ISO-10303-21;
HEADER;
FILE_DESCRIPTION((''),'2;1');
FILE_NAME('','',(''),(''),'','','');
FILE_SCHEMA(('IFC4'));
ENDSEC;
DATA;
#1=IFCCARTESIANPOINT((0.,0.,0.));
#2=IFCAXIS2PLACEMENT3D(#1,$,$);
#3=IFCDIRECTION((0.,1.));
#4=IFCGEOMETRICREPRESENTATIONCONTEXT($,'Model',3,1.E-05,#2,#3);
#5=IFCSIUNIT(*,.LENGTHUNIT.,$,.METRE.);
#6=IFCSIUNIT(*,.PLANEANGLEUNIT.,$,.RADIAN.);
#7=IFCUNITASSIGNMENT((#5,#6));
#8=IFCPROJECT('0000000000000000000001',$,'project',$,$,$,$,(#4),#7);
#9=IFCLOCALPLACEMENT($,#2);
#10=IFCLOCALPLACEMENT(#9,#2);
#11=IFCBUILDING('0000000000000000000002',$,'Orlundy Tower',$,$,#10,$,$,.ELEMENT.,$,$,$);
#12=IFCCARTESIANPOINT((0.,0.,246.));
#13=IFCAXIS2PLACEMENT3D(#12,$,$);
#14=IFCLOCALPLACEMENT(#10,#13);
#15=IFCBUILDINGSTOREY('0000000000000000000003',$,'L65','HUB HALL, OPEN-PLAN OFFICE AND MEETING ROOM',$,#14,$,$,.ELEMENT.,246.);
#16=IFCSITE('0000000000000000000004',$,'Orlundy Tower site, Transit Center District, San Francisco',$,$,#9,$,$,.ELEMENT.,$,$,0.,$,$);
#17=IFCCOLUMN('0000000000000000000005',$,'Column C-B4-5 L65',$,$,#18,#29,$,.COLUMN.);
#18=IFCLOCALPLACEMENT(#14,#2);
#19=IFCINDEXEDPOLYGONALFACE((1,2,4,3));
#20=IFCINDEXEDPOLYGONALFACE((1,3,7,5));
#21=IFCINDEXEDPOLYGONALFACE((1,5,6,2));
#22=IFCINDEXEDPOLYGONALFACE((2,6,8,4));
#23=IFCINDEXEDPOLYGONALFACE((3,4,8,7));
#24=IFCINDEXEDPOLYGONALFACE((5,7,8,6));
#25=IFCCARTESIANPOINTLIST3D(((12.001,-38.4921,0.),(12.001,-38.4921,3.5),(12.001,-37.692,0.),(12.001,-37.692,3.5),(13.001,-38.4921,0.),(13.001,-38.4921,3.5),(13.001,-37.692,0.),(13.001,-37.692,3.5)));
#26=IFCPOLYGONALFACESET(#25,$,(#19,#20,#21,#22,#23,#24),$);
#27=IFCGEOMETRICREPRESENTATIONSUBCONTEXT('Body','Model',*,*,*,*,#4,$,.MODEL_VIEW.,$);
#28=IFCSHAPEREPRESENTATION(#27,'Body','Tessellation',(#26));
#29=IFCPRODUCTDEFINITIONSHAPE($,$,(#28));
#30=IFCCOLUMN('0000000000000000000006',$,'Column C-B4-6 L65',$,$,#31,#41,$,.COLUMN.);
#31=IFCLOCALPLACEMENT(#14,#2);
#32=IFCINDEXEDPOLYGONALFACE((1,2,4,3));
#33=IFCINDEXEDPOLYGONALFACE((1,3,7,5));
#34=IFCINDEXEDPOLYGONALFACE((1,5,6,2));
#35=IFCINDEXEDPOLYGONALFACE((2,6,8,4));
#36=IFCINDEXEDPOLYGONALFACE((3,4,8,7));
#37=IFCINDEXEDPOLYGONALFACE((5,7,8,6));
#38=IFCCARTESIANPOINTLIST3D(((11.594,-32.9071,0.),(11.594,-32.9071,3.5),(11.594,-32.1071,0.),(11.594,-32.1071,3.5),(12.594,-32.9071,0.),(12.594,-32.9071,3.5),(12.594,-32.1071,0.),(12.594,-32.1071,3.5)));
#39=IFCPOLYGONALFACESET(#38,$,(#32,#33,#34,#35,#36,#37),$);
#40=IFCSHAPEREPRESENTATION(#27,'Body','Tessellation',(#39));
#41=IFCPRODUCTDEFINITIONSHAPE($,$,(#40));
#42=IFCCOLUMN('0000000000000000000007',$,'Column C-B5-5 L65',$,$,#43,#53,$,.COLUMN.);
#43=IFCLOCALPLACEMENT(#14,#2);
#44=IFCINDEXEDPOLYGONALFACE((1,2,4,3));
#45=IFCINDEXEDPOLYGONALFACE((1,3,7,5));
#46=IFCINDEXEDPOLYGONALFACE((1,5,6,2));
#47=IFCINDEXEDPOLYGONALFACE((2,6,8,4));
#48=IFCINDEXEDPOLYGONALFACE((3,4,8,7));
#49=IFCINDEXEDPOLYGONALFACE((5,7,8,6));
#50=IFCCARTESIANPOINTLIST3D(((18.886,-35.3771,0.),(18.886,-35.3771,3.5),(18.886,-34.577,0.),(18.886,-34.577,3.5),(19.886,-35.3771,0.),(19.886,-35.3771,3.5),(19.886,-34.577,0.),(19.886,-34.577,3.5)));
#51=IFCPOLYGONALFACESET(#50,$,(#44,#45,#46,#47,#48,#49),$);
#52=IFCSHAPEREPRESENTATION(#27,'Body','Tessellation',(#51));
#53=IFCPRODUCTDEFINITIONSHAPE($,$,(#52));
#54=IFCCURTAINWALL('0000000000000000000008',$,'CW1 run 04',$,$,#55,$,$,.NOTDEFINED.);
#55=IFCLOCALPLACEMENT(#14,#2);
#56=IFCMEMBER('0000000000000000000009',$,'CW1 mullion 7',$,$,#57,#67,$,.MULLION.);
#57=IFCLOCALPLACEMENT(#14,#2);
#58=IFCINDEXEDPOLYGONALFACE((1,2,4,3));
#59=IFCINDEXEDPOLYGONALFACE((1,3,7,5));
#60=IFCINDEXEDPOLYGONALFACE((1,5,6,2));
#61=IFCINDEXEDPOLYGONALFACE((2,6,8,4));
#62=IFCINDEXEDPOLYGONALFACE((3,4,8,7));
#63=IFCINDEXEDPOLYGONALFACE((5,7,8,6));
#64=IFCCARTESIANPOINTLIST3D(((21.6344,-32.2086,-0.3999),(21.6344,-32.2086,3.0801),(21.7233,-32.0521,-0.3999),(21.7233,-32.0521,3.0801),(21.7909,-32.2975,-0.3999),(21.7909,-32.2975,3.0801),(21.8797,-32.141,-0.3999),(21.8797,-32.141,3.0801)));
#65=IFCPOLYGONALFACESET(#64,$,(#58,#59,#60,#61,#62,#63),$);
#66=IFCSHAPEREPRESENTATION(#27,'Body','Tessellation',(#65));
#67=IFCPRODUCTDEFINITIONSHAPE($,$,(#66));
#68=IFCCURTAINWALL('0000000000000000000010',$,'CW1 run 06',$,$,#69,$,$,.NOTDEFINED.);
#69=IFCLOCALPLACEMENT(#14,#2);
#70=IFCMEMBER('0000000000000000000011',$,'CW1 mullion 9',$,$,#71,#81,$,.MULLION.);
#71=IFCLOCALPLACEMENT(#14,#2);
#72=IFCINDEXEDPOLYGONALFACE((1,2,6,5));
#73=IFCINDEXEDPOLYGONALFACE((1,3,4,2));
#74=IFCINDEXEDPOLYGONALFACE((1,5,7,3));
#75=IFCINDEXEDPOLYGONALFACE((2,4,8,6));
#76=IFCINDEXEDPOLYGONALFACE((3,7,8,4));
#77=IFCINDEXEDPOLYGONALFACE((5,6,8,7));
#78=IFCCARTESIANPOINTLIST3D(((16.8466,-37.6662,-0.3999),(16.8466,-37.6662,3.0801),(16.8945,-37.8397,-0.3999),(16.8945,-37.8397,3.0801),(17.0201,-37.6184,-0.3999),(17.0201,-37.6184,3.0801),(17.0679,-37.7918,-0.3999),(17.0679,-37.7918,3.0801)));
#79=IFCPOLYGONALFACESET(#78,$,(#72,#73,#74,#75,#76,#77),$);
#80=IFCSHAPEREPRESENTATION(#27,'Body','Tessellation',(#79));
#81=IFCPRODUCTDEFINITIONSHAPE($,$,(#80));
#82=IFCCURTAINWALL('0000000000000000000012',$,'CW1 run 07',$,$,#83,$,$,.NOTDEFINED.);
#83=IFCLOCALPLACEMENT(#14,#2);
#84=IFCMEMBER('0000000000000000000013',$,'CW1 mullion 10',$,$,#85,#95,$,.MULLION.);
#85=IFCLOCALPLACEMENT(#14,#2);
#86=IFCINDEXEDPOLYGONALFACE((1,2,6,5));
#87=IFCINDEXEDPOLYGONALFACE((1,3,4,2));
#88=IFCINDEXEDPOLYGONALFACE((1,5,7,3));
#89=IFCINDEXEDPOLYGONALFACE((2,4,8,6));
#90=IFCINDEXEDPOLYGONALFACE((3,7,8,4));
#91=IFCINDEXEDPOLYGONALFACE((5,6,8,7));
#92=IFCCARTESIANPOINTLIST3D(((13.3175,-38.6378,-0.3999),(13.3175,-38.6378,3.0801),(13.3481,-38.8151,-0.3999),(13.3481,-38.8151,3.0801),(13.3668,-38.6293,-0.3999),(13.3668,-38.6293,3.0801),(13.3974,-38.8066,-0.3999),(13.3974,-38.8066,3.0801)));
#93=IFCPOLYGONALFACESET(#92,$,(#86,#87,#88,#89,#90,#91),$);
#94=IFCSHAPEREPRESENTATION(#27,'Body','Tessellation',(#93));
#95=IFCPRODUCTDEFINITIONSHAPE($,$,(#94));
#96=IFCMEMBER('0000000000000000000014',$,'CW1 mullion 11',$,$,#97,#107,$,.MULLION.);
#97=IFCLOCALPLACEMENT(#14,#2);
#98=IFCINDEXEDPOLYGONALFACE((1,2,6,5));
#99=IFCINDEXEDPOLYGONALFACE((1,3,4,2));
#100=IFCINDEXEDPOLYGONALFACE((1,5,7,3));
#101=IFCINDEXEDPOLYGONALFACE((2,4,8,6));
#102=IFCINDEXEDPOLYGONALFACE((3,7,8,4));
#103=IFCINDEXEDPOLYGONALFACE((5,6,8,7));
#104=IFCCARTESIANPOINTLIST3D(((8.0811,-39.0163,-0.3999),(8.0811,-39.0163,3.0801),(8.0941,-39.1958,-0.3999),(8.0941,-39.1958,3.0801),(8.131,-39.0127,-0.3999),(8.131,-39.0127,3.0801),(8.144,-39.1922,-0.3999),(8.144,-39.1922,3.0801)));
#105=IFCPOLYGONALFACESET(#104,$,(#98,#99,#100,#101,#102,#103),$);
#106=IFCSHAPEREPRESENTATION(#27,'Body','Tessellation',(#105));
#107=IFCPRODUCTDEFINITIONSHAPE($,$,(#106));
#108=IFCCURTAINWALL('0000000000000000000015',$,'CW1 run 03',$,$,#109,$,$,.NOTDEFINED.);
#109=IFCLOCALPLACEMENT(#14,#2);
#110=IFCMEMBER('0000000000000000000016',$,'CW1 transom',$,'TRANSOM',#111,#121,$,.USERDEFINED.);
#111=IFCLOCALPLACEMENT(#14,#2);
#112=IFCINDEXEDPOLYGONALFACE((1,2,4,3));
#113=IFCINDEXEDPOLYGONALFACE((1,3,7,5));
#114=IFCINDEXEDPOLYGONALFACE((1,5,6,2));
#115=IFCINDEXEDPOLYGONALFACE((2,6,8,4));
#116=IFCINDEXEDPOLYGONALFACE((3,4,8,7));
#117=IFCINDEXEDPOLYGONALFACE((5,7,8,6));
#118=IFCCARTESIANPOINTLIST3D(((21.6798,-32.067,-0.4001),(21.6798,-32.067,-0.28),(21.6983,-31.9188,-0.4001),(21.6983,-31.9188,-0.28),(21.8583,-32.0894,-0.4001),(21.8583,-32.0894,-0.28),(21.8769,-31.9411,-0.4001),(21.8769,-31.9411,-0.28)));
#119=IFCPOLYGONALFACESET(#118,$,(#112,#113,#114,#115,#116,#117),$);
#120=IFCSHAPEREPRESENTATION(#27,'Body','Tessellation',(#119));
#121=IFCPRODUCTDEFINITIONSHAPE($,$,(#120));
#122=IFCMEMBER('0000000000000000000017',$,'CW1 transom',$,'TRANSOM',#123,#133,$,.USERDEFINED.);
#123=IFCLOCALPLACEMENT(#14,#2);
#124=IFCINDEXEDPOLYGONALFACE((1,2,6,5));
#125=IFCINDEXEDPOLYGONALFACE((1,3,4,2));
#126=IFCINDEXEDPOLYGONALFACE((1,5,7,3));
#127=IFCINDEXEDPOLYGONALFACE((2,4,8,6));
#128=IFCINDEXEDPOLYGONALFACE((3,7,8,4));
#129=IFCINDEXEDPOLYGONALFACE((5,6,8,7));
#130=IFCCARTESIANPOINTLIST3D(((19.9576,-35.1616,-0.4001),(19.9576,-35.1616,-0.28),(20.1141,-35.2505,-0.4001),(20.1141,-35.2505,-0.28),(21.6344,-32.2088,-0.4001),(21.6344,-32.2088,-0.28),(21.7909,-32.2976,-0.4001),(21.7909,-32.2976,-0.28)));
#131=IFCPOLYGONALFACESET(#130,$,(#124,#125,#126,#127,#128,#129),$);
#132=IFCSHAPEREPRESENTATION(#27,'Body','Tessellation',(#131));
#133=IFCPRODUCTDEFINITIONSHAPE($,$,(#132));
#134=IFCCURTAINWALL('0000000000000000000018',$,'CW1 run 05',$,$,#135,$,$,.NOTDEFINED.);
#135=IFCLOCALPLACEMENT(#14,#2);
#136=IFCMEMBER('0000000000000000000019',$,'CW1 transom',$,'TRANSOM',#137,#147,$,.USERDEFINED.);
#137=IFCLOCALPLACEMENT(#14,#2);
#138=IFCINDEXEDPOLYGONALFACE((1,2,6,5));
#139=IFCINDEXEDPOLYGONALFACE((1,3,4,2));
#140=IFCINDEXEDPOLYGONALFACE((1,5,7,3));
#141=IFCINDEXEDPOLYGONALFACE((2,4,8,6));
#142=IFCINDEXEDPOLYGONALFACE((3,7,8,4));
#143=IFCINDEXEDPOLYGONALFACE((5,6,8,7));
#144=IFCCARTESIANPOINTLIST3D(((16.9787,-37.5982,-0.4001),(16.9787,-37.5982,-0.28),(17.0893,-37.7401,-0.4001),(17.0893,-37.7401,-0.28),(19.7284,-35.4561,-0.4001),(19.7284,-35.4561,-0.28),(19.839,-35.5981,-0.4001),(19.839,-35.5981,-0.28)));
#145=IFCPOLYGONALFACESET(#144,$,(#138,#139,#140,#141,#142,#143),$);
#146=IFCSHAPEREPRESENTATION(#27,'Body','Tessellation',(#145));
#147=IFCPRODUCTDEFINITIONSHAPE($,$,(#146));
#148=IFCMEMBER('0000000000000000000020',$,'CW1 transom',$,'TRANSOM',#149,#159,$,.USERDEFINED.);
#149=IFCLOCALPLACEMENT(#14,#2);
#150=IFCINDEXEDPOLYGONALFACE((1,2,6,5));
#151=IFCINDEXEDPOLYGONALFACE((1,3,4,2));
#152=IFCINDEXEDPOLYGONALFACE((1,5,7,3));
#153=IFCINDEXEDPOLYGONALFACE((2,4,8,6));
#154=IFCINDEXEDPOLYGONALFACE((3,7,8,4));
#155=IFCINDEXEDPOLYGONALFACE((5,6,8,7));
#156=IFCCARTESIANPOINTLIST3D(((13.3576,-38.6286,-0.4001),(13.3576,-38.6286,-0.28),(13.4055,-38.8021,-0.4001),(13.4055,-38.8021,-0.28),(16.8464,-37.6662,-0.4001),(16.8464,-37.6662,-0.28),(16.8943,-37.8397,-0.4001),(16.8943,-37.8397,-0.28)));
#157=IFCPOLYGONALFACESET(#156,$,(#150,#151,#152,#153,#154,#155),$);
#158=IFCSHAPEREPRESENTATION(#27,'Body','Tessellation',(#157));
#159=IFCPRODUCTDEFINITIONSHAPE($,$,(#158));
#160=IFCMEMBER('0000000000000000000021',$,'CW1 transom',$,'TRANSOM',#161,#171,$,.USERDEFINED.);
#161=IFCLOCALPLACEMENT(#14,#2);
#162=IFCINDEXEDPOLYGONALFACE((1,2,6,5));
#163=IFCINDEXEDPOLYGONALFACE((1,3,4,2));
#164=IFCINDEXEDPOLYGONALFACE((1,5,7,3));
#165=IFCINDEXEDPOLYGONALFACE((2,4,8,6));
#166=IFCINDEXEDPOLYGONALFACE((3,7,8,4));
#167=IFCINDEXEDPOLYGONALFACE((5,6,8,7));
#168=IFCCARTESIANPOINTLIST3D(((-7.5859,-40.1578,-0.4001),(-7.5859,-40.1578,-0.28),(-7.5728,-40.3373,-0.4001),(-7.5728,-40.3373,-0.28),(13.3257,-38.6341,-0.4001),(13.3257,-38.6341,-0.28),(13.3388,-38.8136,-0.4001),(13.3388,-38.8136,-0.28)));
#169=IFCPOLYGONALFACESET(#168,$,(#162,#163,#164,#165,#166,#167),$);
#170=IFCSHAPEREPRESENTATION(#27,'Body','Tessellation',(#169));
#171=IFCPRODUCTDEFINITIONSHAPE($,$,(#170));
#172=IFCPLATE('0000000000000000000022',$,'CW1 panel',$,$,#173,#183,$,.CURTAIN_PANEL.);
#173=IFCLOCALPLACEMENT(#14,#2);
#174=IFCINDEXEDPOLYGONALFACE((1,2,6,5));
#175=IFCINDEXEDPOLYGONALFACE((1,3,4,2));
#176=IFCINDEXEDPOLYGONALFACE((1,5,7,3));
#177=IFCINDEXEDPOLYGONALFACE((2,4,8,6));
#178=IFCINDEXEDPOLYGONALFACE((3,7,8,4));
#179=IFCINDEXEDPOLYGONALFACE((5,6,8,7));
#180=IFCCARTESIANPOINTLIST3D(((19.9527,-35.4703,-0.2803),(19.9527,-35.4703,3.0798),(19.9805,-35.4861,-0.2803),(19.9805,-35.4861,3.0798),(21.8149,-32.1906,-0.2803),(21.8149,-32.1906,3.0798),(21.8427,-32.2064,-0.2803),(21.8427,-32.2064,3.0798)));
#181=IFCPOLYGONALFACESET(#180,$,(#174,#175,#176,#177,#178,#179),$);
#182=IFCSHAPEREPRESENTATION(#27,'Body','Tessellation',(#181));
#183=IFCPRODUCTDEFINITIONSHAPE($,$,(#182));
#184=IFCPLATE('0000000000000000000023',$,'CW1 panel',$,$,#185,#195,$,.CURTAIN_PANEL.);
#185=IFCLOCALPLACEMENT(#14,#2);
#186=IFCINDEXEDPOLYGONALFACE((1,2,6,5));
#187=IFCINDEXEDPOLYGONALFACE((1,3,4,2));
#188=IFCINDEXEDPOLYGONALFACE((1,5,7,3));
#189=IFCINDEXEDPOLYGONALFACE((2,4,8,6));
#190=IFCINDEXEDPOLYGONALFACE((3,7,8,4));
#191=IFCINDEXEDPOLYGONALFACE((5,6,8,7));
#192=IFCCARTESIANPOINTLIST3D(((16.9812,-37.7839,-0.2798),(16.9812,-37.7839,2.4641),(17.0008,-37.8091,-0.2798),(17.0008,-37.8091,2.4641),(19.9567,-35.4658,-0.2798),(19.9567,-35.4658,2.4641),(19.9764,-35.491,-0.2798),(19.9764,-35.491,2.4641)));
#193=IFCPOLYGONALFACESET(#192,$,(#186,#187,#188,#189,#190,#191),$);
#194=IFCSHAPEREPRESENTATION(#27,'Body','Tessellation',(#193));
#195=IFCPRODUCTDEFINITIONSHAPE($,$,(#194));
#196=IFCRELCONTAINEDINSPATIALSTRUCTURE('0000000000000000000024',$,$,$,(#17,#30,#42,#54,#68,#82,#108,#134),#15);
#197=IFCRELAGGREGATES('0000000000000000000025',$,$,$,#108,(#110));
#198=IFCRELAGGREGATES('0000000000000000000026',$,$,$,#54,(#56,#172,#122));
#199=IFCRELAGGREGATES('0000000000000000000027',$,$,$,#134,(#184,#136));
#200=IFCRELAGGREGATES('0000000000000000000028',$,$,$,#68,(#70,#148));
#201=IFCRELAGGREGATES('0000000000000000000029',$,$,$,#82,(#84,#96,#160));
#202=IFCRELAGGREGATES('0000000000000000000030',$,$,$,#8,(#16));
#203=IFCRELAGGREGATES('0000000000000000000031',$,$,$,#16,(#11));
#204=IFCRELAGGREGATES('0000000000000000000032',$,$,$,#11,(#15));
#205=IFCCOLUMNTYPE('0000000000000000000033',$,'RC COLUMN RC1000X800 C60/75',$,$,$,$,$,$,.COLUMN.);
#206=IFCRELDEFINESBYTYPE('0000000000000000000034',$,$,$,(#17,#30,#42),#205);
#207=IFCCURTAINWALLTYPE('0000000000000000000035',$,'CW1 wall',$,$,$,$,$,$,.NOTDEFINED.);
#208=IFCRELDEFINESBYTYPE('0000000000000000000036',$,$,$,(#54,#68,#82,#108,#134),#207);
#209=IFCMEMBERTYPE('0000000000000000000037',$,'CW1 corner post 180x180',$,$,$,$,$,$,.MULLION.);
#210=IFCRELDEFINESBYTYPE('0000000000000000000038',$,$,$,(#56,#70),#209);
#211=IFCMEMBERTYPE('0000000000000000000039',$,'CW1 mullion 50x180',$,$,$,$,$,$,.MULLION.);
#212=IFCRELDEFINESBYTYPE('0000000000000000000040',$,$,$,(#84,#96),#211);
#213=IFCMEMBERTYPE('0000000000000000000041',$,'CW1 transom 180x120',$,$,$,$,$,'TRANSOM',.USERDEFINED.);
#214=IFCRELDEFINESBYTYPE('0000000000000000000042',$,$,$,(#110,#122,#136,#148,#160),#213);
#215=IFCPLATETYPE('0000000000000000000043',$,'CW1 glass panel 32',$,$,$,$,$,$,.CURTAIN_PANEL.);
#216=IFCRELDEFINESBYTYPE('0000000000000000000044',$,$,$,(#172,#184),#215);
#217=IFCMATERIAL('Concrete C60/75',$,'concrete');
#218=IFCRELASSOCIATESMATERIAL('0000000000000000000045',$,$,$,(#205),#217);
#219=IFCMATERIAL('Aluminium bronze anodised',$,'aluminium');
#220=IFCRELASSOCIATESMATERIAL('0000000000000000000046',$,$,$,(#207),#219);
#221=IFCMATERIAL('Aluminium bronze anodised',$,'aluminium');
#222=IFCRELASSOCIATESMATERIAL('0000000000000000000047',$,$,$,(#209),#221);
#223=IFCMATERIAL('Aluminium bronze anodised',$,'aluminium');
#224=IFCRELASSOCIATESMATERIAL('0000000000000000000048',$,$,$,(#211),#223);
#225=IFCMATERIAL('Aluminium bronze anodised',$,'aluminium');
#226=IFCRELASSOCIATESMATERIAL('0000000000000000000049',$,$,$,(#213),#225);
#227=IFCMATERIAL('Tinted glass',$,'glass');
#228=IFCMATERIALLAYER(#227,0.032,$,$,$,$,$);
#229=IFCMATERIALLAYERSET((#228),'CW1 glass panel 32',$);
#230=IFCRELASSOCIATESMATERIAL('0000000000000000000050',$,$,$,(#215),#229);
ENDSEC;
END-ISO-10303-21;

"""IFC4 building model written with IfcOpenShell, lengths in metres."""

from ifc_helpers import new_model, si_unit, direction, frame, origin, origin_2d, place, context, subcontext, project, spatial, rectangle, extrude, material, layer, layer_set, material_profile, profile_set, type_object, element, aggregate, save


model = new_model("IFC4")

# Units and contexts
model_context = context("Model", 3, precision=1e-05, world=origin(), true_north=direction((0.0, 1.0)))
body_context = subcontext(model_context, "Body", "Model", "MODEL_VIEW")
ifc_project = project(units=[si_unit("LENGTHUNIT", "METRE"), si_unit("PLANEANGLEUNIT", "RADIAN")], contexts=[model_context])

# Site, building, storey
site_placement = place(None, origin())
site = spatial("IfcSite", under=ifc_project, at=site_placement, Name="Orlundy Tower site, Transit Center District, San Francisco", CompositionType="ELEMENT", RefElevation=0.0)
building_placement = place(site_placement, origin())
building = spatial("IfcBuilding", under=site, at=building_placement, Name="Orlundy Tower", CompositionType="ELEMENT")
storey_placement = place(building_placement, frame((0.0, 0.0, 246.0)))
storey = spatial("IfcBuildingStorey", under=building, at=storey_placement, Name="L65", Description="HUB HALL, OPEN-PLAN OFFICE AND MEETING ROOM", CompositionType="ELEMENT", Elevation=246.0)

# Columns
ifc_material_1 = material(Name="Concrete C60/75", Category="concrete")
ifc_material_profile_1 = material_profile(ifc_material_1, rectangle(XDim=1.0, YDim=0.8, at=origin_2d()), Name="RC1000X800")
ifc_profile_set_1 = profile_set([ifc_material_profile_1], Name="Concrete C60/75")
column_type = type_object("IfcColumnType", Name="RC COLUMN RC1000X800 C60/75", PredefinedType="COLUMN", material=ifc_profile_set_1)
for number, where, z_axis, x_axis, name in (
    (1, (12.501, -38.092, 0.0), (0.0, 0.0, 1.0), (1.0, 0.0, 0.0), "Column C-B4-5 L65"),
    (2, (12.094, -32.5071, 0.0), (0.0, 0.0, 1.0), (1.0, 0.0, 0.0), "Column C-B4-6 L65"),
    (3, (19.386, -34.9771, 0.0), (0.0, 0.0, 1.0), (1.0, 0.0, 0.0), "Column C-B5-5 L65"),
):
    element("IfcColumn", number, at=place(storey_placement, frame(where, z_axis=z_axis, x_axis=x_axis)), inside=storey, type_object=column_type, Name=name, PredefinedType="COLUMN", context=body_context, shape_type="SweptSolid", body=[
        extrude(rectangle(XDim=1.0, YDim=0.8, at=origin_2d()), origin(), (0.0, 0.0, 1.0), 3.5),
    ])

# Curtain walls, members
ifc_material_2 = material(Name="Aluminium bronze anodised", Category="aluminium")
curtain_wall_type = type_object("IfcCurtainWallType", Name="CW1 wall", PredefinedType="NOTDEFINED", material=ifc_material_2)
curtain_wall_1_placement = place(storey_placement, origin())
curtain_wall_1 = element("IfcCurtainWall", 4, at=curtain_wall_1_placement, inside=storey, type_object=curtain_wall_type, Name="CW1 run 04", PredefinedType="NOTDEFINED")
ifc_material_3 = material(Name="Aluminium bronze anodised", Category="aluminium")
ifc_material_profile_2 = material_profile(ifc_material_3, rectangle(XDim=0.1799, YDim=0.1799, at=origin_2d()), Name="CW1 corner post 180x180")
ifc_profile_set_2 = profile_set([ifc_material_profile_2], Name="Aluminium bronze anodised")
member_type_1 = type_object("IfcMemberType", Name="CW1 corner post 180x180", PredefinedType="MULLION", material=ifc_profile_set_2)
member_1_placement = place(storey_placement, frame((21.7571, -32.1748, -0.3999), z_axis=(0.0, 0.0, 1.0), x_axis=(0.869601, -0.493754, 0.0)))
member_1 = element("IfcMember", 5, at=member_1_placement, type_object=member_type_1, Name="CW1 mullion 7", PredefinedType="MULLION", context=body_context, shape_type="SweptSolid", body=[
    extrude(rectangle(XDim=0.1799, YDim=0.1799, at=origin_2d()), origin(), (0.0, 0.0, 1.0), 3.48),
])
curtain_wall_2_placement = place(storey_placement, origin())
curtain_wall_2 = element("IfcCurtainWall", 6, at=curtain_wall_2_placement, inside=storey, type_object=curtain_wall_type, Name="CW1 run 06", PredefinedType="NOTDEFINED")
member_2_placement = place(storey_placement, frame((16.9573, -37.729, -0.3999), z_axis=(0.0, 0.0, 1.0), x_axis=(0.265946, -0.963988, 0.0)))
member_2 = element("IfcMember", 7, at=member_2_placement, type_object=member_type_1, Name="CW1 mullion 9", PredefinedType="MULLION", context=body_context, shape_type="SweptSolid", body=[
    extrude(rectangle(XDim=0.1799, YDim=0.1799, at=origin_2d()), origin(), (0.0, 0.0, 1.0), 3.48),
])

# Curtain wall, members
curtain_wall_3_placement = place(storey_placement, origin())
curtain_wall_3 = element("IfcCurtainWall", 8, at=curtain_wall_3_placement, inside=storey, type_object=curtain_wall_type, Name="CW1 run 07", PredefinedType="NOTDEFINED")
ifc_material_4 = material(Name="Aluminium bronze anodised", Category="aluminium")
ifc_material_profile_3 = material_profile(ifc_material_4, rectangle(XDim=0.1799, YDim=0.05, at=origin_2d()), Name="CW1 mullion 50x180")
ifc_profile_set_3 = profile_set([ifc_material_profile_3], Name="Aluminium bronze anodised")
member_type_2 = type_object("IfcMemberType", Name="CW1 mullion 50x180", PredefinedType="MULLION", material=ifc_profile_set_3)
member_3_placement = place(storey_placement, frame((13.3574, -38.7222, -0.3999), z_axis=(0.0, 0.0, 1.0), x_axis=(0.170127, -0.985422, 0.0)))
member_3 = element("IfcMember", 9, at=member_3_placement, type_object=member_type_2, Name="CW1 mullion 10", PredefinedType="MULLION", context=body_context, shape_type="SweptSolid", body=[
    extrude(rectangle(XDim=0.1799, YDim=0.05, at=origin_2d()), origin(), (0.0, 0.0, 1.0), 3.48),
])
member_4_placement = place(storey_placement, frame((8.1125, -39.1042, -0.3999), z_axis=(0.0, 0.0, 1.0), x_axis=(0.072668, -0.997356, 0.0)))
member_4 = element("IfcMember", 10, at=member_4_placement, type_object=member_type_2, Name="CW1 mullion 11", PredefinedType="MULLION", context=body_context, shape_type="SweptSolid", body=[
    extrude(rectangle(XDim=0.1799, YDim=0.05, at=origin_2d()), origin(), (0.0, 0.0, 1.0), 3.48),
])

# Curtain wall, member
curtain_wall_4_placement = place(storey_placement, origin())
curtain_wall_4 = element("IfcCurtainWall", 11, at=curtain_wall_4_placement, inside=storey, type_object=curtain_wall_type, Name="CW1 run 03", PredefinedType="NOTDEFINED")
ifc_material_5 = material(Name="Aluminium bronze anodised", Category="aluminium")
ifc_material_profile_4 = material_profile(ifc_material_5, rectangle(XDim=0.1799, YDim=0.1201, at=origin_2d()), Name="CW1 transom 180x120")
ifc_profile_set_4 = profile_set([ifc_material_profile_4], Name="Aluminium bronze anodised")
member_type_3 = type_object("IfcMemberType", Name="CW1 transom 180x120", ElementType="TRANSOM", PredefinedType="USERDEFINED", material=ifc_profile_set_4)
member_5_placement = place(storey_placement, frame((21.7876, -31.9299, -0.3401), z_axis=(-0.124236, -0.992253, 0.0), x_axis=(0.992253, -0.124236, 0.0)))
member_5 = element("IfcMember", 12, at=member_5_placement, type_object=member_type_3, Name="CW1 transom", ObjectType="TRANSOM", PredefinedType="USERDEFINED", context=body_context, shape_type="SweptSolid", body=[
    extrude(rectangle(XDim=0.1799, YDim=0.1201, at=origin_2d()), origin(), (0.0, 0.0, 1.0), 0.1494),
])
aggregate(curtain_wall_4, [member_5])

# Member
member_6_placement = place(storey_placement, frame((21.7126, -32.2532, -0.3401), z_axis=(-0.493783, -0.869585, 0.0), x_axis=(0.869585, -0.493783, 0.0)))
member_6 = element("IfcMember", 13, at=member_6_placement, type_object=member_type_3, Name="CW1 transom", ObjectType="TRANSOM", PredefinedType="USERDEFINED", context=body_context, shape_type="SweptSolid", body=[
    extrude(rectangle(XDim=0.1799, YDim=0.1201, at=origin_2d()), origin(), (0.0, 0.0, 1.0), 3.3958),
])

# Curtain wall, member
curtain_wall_5_placement = place(storey_placement, origin())
curtain_wall_5 = element("IfcCurtainWall", 14, at=curtain_wall_5_placement, inside=storey, type_object=curtain_wall_type, Name="CW1 run 05", PredefinedType="NOTDEFINED")
member_7_placement = place(storey_placement, frame((19.7837, -35.5271, -0.3401), z_axis=(-0.788881, -0.614547, 0.0), x_axis=(0.614547, -0.788881, 0.0)))
member_7 = element("IfcMember", 15, at=member_7_placement, type_object=member_type_3, Name="CW1 transom", ObjectType="TRANSOM", PredefinedType="USERDEFINED", context=body_context, shape_type="SweptSolid", body=[
    extrude(rectangle(XDim=0.1799, YDim=0.1201, at=origin_2d()), origin(), (0.0, 0.0, 1.0), 3.4856),
])

# Members
member_8_placement = place(storey_placement, frame((16.8704, -37.7529, -0.3401), z_axis=(-0.963994, -0.265925, 0.0), x_axis=(0.265925, -0.963994, 0.0)))
member_8 = element("IfcMember", 16, at=member_8_placement, type_object=member_type_3, Name="CW1 transom", ObjectType="TRANSOM", PredefinedType="USERDEFINED", context=body_context, shape_type="SweptSolid", body=[
    extrude(rectangle(XDim=0.1799, YDim=0.1201, at=origin_2d()), origin(), (0.0, 0.0, 1.0), 3.6191),
])
member_9_placement = place(storey_placement, frame((13.3323, -38.7239, -0.3401), z_axis=(-0.997356, -0.07267, 0.0), x_axis=(0.07267, -0.997356, 0.0)))
member_9 = element("IfcMember", 17, at=member_9_placement, type_object=member_type_3, Name="CW1 transom", ObjectType="TRANSOM", PredefinedType="USERDEFINED", context=body_context, shape_type="SweptSolid", body=[
    extrude(rectangle(XDim=0.1799, YDim=0.1201, at=origin_2d()), origin(), (0.0, 0.0, 1.0), 20.967),
])

# Plates
ifc_material_6 = material(Name="Tinted glass", Category="glass")
ifc_layer_1 = layer(ifc_material_6, 0.032)
ifc_layer_set_1 = layer_set([ifc_layer_1], Name="CW1 glass panel 32")
plate_type = type_object("IfcPlateType", Name="CW1 glass panel 32", PredefinedType="CURTAIN_PANEL", material=ifc_layer_set_1)
plate_1_placement = place(storey_placement, frame((20.8977, -33.8384, -0.2803), z_axis=(0.0, 0.0, 1.0), x_axis=(-0.493754, -0.869601, 0.0)))
plate_1 = element("IfcPlate", 18, at=plate_1_placement, type_object=plate_type, Name="CW1 panel", PredefinedType="CURTAIN_PANEL", context=body_context, shape_type="SweptSolid", body=[
    extrude(rectangle(XDim=3.7715, YDim=0.032, at=origin_2d()), origin(), (0.0, 0.0, 1.0), 3.3601),
])
aggregate(curtain_wall_1, [member_1, plate_1, member_6])
plate_2_placement = place(storey_placement, frame((18.4788, -36.6375, -0.2798), z_axis=(0.0, 0.0, 1.0), x_axis=(-0.788858, -0.614575, 0.0)))
plate_2 = element("IfcPlate", 19, at=plate_2_placement, type_object=plate_type, Name="CW1 panel", PredefinedType="CURTAIN_PANEL", context=body_context, shape_type="SweptSolid", body=[
    extrude(rectangle(XDim=3.772, YDim=0.032, at=origin_2d()), origin(), (0.0, 0.0, 1.0), 2.7439),
])
aggregate(curtain_wall_5, [plate_2, member_7])
aggregate(curtain_wall_2, [member_2, member_8])
aggregate(curtain_wall_3, [member_3, member_4, member_9])

save(model, "model.ifc")
